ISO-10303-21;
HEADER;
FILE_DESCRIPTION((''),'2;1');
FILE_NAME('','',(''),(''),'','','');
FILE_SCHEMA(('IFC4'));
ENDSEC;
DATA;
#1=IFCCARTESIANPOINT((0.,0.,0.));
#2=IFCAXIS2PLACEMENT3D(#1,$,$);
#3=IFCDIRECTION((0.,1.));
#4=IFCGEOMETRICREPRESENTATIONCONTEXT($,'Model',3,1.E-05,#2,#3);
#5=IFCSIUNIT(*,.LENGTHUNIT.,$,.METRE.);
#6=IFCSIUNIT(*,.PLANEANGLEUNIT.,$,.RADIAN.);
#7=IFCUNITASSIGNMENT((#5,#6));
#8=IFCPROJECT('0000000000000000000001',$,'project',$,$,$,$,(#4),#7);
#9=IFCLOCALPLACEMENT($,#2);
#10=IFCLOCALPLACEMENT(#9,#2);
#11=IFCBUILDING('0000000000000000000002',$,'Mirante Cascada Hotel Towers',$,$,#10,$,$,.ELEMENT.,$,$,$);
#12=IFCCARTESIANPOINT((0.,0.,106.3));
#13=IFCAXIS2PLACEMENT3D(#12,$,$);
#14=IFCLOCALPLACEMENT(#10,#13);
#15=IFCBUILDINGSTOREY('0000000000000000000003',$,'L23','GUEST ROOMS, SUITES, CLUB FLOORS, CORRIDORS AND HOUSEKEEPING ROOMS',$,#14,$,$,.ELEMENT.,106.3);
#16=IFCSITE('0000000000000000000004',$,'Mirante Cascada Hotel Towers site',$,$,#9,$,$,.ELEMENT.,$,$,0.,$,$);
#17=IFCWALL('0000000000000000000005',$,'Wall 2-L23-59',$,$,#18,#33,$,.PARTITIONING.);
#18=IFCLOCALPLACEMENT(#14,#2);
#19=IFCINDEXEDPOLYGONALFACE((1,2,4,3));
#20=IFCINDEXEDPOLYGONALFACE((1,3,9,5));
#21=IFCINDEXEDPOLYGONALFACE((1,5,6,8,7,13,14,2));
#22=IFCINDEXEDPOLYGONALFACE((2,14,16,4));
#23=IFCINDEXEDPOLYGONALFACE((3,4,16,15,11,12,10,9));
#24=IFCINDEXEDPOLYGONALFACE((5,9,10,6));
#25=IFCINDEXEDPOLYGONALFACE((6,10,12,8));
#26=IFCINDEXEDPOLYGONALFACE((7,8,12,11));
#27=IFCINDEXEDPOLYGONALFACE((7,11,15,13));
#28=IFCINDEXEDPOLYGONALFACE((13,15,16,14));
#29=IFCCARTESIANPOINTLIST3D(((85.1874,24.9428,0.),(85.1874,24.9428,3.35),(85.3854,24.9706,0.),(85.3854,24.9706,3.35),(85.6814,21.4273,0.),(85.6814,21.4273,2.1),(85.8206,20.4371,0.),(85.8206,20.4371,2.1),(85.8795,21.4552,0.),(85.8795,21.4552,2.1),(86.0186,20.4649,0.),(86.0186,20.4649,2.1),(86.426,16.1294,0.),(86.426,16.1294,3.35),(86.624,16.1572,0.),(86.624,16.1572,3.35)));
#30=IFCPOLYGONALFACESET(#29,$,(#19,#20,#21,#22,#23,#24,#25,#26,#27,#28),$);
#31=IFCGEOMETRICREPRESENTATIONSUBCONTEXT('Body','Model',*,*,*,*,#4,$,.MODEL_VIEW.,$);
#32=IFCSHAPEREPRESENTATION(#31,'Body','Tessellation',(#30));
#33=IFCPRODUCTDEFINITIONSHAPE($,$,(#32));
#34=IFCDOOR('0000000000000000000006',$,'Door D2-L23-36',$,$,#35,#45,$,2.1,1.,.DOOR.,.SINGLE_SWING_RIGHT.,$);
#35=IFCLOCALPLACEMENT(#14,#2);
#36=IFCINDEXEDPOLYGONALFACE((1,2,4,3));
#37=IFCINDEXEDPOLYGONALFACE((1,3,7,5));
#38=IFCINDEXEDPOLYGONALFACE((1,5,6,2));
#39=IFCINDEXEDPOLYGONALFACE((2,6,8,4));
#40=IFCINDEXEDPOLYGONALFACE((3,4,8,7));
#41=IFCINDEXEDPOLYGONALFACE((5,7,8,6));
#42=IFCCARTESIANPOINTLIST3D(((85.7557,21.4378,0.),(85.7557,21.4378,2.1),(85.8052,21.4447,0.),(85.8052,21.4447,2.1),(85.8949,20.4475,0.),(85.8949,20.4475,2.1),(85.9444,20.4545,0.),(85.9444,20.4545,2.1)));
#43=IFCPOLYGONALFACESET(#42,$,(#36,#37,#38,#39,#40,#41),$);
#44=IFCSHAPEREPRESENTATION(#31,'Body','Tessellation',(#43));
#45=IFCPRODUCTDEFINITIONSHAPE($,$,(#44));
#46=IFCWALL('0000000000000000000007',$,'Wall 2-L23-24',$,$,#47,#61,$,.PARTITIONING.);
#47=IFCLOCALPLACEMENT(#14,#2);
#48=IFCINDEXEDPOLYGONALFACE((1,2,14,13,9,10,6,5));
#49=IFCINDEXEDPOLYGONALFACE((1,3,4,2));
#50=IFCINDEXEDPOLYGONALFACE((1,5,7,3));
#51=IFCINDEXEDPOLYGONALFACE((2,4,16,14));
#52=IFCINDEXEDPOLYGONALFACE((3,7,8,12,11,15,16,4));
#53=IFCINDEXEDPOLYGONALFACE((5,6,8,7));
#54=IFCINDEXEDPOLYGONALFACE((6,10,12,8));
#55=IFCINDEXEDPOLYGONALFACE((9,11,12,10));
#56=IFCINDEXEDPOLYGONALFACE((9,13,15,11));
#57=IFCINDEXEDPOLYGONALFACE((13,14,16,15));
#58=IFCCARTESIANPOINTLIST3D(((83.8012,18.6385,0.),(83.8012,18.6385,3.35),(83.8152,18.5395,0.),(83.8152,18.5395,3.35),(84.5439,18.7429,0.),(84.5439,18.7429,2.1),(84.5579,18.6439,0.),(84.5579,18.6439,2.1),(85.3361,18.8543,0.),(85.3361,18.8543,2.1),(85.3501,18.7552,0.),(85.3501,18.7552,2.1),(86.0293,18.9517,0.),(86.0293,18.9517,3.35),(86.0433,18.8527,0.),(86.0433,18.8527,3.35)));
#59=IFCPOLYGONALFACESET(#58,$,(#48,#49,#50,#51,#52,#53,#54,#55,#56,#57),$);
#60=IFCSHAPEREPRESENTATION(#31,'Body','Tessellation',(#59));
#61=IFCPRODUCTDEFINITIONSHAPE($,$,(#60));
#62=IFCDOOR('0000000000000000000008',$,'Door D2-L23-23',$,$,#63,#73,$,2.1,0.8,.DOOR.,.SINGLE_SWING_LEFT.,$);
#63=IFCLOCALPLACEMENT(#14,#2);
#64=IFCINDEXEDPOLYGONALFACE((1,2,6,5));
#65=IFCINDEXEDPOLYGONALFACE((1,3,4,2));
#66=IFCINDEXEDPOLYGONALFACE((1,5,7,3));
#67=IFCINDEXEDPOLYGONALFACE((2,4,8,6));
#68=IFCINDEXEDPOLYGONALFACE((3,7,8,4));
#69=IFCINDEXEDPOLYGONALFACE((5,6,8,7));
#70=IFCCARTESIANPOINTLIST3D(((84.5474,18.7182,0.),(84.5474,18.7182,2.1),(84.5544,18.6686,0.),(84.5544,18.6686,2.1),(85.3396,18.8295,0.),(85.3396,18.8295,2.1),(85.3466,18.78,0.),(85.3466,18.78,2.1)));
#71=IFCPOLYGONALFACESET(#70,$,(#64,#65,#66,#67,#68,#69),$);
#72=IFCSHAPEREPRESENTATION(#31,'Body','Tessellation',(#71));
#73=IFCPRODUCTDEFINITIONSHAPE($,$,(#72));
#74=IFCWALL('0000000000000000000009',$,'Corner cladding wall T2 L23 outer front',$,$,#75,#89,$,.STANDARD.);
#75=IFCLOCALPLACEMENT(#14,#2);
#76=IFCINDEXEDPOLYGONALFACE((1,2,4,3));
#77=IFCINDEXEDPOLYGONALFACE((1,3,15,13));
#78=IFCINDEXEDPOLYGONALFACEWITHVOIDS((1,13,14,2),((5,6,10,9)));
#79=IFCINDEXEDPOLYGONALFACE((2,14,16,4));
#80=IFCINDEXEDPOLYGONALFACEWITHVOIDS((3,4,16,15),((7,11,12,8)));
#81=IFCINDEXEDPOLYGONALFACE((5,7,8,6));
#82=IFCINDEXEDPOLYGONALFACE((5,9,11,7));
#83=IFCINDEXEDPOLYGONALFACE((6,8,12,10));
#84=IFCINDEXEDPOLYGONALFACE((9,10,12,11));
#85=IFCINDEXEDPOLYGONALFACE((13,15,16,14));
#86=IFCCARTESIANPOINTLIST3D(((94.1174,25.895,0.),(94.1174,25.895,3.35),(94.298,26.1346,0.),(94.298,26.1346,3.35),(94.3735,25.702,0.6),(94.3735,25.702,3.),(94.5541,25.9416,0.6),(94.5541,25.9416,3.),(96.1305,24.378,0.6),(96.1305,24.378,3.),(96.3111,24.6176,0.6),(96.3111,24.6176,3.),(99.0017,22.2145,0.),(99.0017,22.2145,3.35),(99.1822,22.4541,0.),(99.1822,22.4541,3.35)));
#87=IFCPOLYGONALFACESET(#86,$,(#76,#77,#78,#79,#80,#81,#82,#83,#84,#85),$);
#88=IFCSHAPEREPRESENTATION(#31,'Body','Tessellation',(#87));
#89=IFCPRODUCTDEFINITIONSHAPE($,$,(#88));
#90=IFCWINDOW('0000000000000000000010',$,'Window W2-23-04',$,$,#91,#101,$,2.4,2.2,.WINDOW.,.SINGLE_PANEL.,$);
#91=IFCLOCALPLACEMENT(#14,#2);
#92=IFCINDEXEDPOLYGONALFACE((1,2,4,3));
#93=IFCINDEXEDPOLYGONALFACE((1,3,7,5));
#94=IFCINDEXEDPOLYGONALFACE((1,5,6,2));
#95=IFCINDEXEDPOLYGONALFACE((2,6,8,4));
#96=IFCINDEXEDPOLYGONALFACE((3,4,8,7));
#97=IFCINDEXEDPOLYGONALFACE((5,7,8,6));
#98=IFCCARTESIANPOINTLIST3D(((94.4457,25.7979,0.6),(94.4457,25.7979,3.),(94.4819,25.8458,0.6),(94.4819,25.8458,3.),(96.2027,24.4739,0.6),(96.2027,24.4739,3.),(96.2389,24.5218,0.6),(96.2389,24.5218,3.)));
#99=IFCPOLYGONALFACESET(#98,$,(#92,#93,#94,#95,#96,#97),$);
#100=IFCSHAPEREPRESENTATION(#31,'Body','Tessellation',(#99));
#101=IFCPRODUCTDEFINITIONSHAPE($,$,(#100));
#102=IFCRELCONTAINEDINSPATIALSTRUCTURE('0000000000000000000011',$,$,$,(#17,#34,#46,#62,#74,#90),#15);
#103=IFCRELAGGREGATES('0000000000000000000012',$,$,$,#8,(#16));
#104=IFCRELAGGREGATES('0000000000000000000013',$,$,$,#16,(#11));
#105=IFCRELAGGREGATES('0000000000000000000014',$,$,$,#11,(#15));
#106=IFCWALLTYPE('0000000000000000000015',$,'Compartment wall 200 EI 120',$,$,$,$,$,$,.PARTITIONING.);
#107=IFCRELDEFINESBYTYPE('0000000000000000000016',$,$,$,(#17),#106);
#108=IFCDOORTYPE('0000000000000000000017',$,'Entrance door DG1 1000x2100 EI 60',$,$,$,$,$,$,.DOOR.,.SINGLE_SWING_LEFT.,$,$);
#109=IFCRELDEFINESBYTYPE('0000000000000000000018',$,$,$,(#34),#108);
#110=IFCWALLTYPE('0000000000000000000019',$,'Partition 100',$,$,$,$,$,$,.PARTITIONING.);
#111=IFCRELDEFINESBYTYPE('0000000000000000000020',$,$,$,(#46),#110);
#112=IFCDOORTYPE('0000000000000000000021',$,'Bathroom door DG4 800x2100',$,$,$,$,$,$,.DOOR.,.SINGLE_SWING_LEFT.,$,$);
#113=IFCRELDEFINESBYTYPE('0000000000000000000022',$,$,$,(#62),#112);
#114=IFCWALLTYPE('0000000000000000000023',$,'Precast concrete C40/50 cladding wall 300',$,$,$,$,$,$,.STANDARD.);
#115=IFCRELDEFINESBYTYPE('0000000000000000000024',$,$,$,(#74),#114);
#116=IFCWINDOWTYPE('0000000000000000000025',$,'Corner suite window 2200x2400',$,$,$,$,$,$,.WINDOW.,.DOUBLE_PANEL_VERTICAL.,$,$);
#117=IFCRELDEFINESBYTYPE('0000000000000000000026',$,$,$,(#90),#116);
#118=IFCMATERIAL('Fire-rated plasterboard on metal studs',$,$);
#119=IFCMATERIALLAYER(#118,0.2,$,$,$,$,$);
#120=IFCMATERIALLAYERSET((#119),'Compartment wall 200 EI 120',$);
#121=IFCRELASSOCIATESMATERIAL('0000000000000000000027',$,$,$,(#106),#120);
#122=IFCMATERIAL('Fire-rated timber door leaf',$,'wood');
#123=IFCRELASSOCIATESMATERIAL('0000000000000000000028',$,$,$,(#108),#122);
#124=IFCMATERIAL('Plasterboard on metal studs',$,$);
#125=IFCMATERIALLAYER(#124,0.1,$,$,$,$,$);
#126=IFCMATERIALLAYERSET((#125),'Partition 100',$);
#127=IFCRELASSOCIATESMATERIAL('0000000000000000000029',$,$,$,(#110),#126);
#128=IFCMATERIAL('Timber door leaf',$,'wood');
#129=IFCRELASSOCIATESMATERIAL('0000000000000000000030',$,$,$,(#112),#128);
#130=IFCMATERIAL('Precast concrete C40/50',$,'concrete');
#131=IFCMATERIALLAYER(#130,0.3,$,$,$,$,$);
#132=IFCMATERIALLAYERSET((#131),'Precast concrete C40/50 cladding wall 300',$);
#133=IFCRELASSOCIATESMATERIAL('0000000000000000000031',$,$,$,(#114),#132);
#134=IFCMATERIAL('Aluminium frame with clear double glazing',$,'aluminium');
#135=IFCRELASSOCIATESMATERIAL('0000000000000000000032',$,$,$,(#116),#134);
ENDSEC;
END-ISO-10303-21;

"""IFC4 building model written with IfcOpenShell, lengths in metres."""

from ifc_helpers import new_model, si_unit, direction, frame, frame_2d, origin, place, context, subcontext, project, spatial, rectangle, extrude, material, layer, layer_set, type_object, element, fill, save


model = new_model("IFC4")

# Units and contexts
model_context = context("Model", 3, precision=1e-05, world=origin(), true_north=direction((0.0, 1.0)))
body_context = subcontext(model_context, "Body", "Model", "MODEL_VIEW")
ifc_project = project(units=[si_unit("LENGTHUNIT", "METRE"), si_unit("PLANEANGLEUNIT", "RADIAN")], contexts=[model_context])

# Site, building, storey
site_placement = place(None, origin())
site = spatial("IfcSite", under=ifc_project, at=site_placement, Name="Mirante Cascada Hotel Towers site", CompositionType="ELEMENT", RefElevation=0.0)
building_placement = place(site_placement, origin())
building = spatial("IfcBuilding", under=site, at=building_placement, Name="Mirante Cascada Hotel Towers", CompositionType="ELEMENT")
storey_placement = place(building_placement, frame((0.0, 0.0, 106.3)))
storey = spatial("IfcBuildingStorey", under=building, at=storey_placement, Name="L23", Description="GUEST ROOMS, SUITES, CLUB FLOORS, CORRIDORS AND HOUSEKEEPING ROOMS", CompositionType="ELEMENT", Elevation=106.3)

# Shared definitions
ifc_material_1 = material(Name="Fire-rated plasterboard on metal studs")
ifc_layer_1 = layer(ifc_material_1, 0.2)
ifc_layer_set_1 = layer_set([ifc_layer_1], Name="Compartment wall 200 EI 120")
wall_type_1 = type_object("IfcWallType", Name="Compartment wall 200 EI 120", PredefinedType="PARTITIONING", material=ifc_layer_set_1)

# Walls, openings, doors
wall_1_placement = place(storey_placement, frame((85.2864, 24.9567, 0.0), z_axis=(0.0, 0.0, 1.0), x_axis=(0.139168, -0.990269, 0.0)))
wall_1 = element("IfcWall", 1, at=wall_1_placement, inside=storey, type_object=wall_type_1, Name="Wall 2-L23-59", PredefinedType="PARTITIONING", context=body_context, shape_type="SweptSolid", body=[
    extrude(rectangle(XDim=8.9, YDim=0.2, at=frame_2d((4.45, 0.0))), origin(), (0.0, 0.0, 1.0), 3.35),
])
opening_1_placement = place(wall_1_placement, frame((3.55, 0.0, 0.0)))
opening_1 = element("IfcOpeningElement", 2, at=opening_1_placement, cuts=wall_1, PredefinedType="OPENING", context=body_context, shape_type="SweptSolid", body=[
    extrude(rectangle(XDim=1.0, YDim=2.1, at=frame_2d((0.5, 1.05))), frame((0.0, 0.1, 0.0), z_axis=(0.0, -1.0, 0.0), x_axis=(1.0, 0.0, 0.0)), (0.0, 0.0, 1.0), 0.2),
])
ifc_material_2 = material(Name="Fire-rated timber door leaf", Category="wood")
door_type_1 = type_object("IfcDoorType", Name="Entrance door DG1 1000x2100 EI 60", OperationType="SINGLE_SWING_LEFT", PredefinedType="DOOR", material=ifc_material_2)
door_1_placement = place(opening_1_placement, frame((1.0, 0.0, 0.0), z_axis=(0.0, 0.0, 1.0), x_axis=(-1.0, 0.0, 0.0)))
door_1 = element("IfcDoor", 3, at=door_1_placement, inside=storey, type_object=door_type_1, Name="Door D2-L23-36", OperationType="SINGLE_SWING_RIGHT", OverallHeight=2.1, OverallWidth=1.0, PredefinedType="DOOR", context=body_context, shape_type="SweptSolid", body=[
    extrude(rectangle(XDim=1.0, YDim=2.1, at=frame_2d((0.5, 1.05))), frame((0.0, 0.025, 0.0), z_axis=(0.0, -1.0, 0.0), x_axis=(1.0, 0.0, 0.0)), (0.0, 0.0, 1.0), 0.05),
])
fill(opening_1, door_1)
ifc_material_3 = material(Name="Plasterboard on metal studs")
ifc_layer_2 = layer(ifc_material_3, 0.1)
ifc_layer_set_2 = layer_set([ifc_layer_2], Name="Partition 100")
wall_type_2 = type_object("IfcWallType", Name="Partition 100", PredefinedType="PARTITIONING", material=ifc_layer_set_2)
wall_2_placement = place(storey_placement, frame((83.8082, 18.589, 0.0), z_axis=(0.0, 0.0, 1.0), x_axis=(0.990264, 0.1392, 0.0)))
wall_2 = element("IfcWall", 4, at=wall_2_placement, inside=storey, type_object=wall_type_2, Name="Wall 2-L23-24", PredefinedType="PARTITIONING", context=body_context, shape_type="SweptSolid", body=[
    extrude(rectangle(XDim=2.25, YDim=0.1, at=frame_2d((1.125, 0.0))), origin(), (0.0, 0.0, 1.0), 3.35),
])
opening_2_placement = place(wall_2_placement, frame((0.75, 0.0, 0.0)))
opening_2 = element("IfcOpeningElement", 5, at=opening_2_placement, cuts=wall_2, PredefinedType="OPENING", context=body_context, shape_type="SweptSolid", body=[
    extrude(rectangle(XDim=0.8, YDim=2.1, at=frame_2d((0.4, 1.05))), frame((0.0, 0.05, 0.0), z_axis=(0.0, -1.0, 0.0), x_axis=(1.0, 0.0, 0.0)), (0.0, 0.0, 1.0), 0.1),
])
ifc_material_4 = material(Name="Timber door leaf", Category="wood")
door_type_2 = type_object("IfcDoorType", Name="Bathroom door DG4 800x2100", OperationType="SINGLE_SWING_LEFT", PredefinedType="DOOR", material=ifc_material_4)
door_2_placement = place(opening_2_placement, origin())
door_2 = element("IfcDoor", 6, at=door_2_placement, inside=storey, type_object=door_type_2, Name="Door D2-L23-23", OperationType="SINGLE_SWING_LEFT", OverallHeight=2.1, OverallWidth=0.8, PredefinedType="DOOR", context=body_context, shape_type="SweptSolid", body=[
    extrude(rectangle(XDim=0.8, YDim=2.1, at=frame_2d((0.4, 1.05))), frame((0.0, 0.025, 0.0), z_axis=(0.0, -1.0, 0.0), x_axis=(1.0, 0.0, 0.0)), (0.0, 0.0, 1.0), 0.05),
])
fill(opening_2, door_2)

# Wall, opening, window
ifc_material_5 = material(Name="Precast concrete C40/50", Category="concrete")
ifc_layer_3 = layer(ifc_material_5, 0.3)
ifc_layer_set_3 = layer_set([ifc_layer_3], Name="Precast concrete C40/50 cladding wall 300")
wall_type_3 = type_object("IfcWallType", Name="Precast concrete C40/50 cladding wall 300", PredefinedType="STANDARD", material=ifc_layer_set_3)
wall_3_placement = place(storey_placement, frame((99.0919, 22.3343, 0.0), z_axis=(0.0, 0.0, 1.0), x_axis=(-0.798636, 0.601814, 0.0)))
wall_3 = element("IfcWall", 7, at=wall_3_placement, inside=storey, type_object=wall_type_3, Name="Corner cladding wall T2 L23 outer front", PredefinedType="STANDARD", context=body_context, shape_type="SweptSolid", body=[
    extrude(rectangle(XDim=6.1157, YDim=0.3, at=frame_2d((3.0578, 0.0))), origin(), (0.0, 0.0, 1.0), 3.35),
])
opening_3_placement = place(wall_3_placement, frame((3.595, 0.0, 0.6)))
opening_3 = element("IfcOpeningElement", 8, at=opening_3_placement, cuts=wall_3, PredefinedType="OPENING", context=body_context, shape_type="SweptSolid", body=[
    extrude(rectangle(XDim=2.2, YDim=2.4, at=frame_2d((1.1, 1.2))), frame((0.0, 0.15, 0.0), z_axis=(0.0, -1.0, 0.0), x_axis=(1.0, 0.0, 0.0)), (0.0, 0.0, 1.0), 0.3),
])
ifc_material_6 = material(Name="Aluminium frame with clear double glazing", Category="aluminium")
window_type = type_object("IfcWindowType", Name="Corner suite window 2200x2400", PartitioningType="DOUBLE_PANEL_VERTICAL", PredefinedType="WINDOW", material=ifc_material_6)
window_placement = place(opening_3_placement, origin())
window = element("IfcWindow", 9, at=window_placement, inside=storey, type_object=window_type, Name="Window W2-23-04", OverallHeight=2.4, OverallWidth=2.2, PartitioningType="SINGLE_PANEL", PredefinedType="WINDOW", context=body_context, shape_type="SweptSolid", body=[
    extrude(rectangle(XDim=2.2, YDim=2.4, at=frame_2d((1.1, 1.2))), frame((0.0, 0.03, 0.0), z_axis=(0.0, -1.0, 0.0), x_axis=(1.0, 0.0, 0.0)), (0.0, 0.0, 1.0), 0.06),
])
fill(opening_3, window)

save(model, "model.ifc")
